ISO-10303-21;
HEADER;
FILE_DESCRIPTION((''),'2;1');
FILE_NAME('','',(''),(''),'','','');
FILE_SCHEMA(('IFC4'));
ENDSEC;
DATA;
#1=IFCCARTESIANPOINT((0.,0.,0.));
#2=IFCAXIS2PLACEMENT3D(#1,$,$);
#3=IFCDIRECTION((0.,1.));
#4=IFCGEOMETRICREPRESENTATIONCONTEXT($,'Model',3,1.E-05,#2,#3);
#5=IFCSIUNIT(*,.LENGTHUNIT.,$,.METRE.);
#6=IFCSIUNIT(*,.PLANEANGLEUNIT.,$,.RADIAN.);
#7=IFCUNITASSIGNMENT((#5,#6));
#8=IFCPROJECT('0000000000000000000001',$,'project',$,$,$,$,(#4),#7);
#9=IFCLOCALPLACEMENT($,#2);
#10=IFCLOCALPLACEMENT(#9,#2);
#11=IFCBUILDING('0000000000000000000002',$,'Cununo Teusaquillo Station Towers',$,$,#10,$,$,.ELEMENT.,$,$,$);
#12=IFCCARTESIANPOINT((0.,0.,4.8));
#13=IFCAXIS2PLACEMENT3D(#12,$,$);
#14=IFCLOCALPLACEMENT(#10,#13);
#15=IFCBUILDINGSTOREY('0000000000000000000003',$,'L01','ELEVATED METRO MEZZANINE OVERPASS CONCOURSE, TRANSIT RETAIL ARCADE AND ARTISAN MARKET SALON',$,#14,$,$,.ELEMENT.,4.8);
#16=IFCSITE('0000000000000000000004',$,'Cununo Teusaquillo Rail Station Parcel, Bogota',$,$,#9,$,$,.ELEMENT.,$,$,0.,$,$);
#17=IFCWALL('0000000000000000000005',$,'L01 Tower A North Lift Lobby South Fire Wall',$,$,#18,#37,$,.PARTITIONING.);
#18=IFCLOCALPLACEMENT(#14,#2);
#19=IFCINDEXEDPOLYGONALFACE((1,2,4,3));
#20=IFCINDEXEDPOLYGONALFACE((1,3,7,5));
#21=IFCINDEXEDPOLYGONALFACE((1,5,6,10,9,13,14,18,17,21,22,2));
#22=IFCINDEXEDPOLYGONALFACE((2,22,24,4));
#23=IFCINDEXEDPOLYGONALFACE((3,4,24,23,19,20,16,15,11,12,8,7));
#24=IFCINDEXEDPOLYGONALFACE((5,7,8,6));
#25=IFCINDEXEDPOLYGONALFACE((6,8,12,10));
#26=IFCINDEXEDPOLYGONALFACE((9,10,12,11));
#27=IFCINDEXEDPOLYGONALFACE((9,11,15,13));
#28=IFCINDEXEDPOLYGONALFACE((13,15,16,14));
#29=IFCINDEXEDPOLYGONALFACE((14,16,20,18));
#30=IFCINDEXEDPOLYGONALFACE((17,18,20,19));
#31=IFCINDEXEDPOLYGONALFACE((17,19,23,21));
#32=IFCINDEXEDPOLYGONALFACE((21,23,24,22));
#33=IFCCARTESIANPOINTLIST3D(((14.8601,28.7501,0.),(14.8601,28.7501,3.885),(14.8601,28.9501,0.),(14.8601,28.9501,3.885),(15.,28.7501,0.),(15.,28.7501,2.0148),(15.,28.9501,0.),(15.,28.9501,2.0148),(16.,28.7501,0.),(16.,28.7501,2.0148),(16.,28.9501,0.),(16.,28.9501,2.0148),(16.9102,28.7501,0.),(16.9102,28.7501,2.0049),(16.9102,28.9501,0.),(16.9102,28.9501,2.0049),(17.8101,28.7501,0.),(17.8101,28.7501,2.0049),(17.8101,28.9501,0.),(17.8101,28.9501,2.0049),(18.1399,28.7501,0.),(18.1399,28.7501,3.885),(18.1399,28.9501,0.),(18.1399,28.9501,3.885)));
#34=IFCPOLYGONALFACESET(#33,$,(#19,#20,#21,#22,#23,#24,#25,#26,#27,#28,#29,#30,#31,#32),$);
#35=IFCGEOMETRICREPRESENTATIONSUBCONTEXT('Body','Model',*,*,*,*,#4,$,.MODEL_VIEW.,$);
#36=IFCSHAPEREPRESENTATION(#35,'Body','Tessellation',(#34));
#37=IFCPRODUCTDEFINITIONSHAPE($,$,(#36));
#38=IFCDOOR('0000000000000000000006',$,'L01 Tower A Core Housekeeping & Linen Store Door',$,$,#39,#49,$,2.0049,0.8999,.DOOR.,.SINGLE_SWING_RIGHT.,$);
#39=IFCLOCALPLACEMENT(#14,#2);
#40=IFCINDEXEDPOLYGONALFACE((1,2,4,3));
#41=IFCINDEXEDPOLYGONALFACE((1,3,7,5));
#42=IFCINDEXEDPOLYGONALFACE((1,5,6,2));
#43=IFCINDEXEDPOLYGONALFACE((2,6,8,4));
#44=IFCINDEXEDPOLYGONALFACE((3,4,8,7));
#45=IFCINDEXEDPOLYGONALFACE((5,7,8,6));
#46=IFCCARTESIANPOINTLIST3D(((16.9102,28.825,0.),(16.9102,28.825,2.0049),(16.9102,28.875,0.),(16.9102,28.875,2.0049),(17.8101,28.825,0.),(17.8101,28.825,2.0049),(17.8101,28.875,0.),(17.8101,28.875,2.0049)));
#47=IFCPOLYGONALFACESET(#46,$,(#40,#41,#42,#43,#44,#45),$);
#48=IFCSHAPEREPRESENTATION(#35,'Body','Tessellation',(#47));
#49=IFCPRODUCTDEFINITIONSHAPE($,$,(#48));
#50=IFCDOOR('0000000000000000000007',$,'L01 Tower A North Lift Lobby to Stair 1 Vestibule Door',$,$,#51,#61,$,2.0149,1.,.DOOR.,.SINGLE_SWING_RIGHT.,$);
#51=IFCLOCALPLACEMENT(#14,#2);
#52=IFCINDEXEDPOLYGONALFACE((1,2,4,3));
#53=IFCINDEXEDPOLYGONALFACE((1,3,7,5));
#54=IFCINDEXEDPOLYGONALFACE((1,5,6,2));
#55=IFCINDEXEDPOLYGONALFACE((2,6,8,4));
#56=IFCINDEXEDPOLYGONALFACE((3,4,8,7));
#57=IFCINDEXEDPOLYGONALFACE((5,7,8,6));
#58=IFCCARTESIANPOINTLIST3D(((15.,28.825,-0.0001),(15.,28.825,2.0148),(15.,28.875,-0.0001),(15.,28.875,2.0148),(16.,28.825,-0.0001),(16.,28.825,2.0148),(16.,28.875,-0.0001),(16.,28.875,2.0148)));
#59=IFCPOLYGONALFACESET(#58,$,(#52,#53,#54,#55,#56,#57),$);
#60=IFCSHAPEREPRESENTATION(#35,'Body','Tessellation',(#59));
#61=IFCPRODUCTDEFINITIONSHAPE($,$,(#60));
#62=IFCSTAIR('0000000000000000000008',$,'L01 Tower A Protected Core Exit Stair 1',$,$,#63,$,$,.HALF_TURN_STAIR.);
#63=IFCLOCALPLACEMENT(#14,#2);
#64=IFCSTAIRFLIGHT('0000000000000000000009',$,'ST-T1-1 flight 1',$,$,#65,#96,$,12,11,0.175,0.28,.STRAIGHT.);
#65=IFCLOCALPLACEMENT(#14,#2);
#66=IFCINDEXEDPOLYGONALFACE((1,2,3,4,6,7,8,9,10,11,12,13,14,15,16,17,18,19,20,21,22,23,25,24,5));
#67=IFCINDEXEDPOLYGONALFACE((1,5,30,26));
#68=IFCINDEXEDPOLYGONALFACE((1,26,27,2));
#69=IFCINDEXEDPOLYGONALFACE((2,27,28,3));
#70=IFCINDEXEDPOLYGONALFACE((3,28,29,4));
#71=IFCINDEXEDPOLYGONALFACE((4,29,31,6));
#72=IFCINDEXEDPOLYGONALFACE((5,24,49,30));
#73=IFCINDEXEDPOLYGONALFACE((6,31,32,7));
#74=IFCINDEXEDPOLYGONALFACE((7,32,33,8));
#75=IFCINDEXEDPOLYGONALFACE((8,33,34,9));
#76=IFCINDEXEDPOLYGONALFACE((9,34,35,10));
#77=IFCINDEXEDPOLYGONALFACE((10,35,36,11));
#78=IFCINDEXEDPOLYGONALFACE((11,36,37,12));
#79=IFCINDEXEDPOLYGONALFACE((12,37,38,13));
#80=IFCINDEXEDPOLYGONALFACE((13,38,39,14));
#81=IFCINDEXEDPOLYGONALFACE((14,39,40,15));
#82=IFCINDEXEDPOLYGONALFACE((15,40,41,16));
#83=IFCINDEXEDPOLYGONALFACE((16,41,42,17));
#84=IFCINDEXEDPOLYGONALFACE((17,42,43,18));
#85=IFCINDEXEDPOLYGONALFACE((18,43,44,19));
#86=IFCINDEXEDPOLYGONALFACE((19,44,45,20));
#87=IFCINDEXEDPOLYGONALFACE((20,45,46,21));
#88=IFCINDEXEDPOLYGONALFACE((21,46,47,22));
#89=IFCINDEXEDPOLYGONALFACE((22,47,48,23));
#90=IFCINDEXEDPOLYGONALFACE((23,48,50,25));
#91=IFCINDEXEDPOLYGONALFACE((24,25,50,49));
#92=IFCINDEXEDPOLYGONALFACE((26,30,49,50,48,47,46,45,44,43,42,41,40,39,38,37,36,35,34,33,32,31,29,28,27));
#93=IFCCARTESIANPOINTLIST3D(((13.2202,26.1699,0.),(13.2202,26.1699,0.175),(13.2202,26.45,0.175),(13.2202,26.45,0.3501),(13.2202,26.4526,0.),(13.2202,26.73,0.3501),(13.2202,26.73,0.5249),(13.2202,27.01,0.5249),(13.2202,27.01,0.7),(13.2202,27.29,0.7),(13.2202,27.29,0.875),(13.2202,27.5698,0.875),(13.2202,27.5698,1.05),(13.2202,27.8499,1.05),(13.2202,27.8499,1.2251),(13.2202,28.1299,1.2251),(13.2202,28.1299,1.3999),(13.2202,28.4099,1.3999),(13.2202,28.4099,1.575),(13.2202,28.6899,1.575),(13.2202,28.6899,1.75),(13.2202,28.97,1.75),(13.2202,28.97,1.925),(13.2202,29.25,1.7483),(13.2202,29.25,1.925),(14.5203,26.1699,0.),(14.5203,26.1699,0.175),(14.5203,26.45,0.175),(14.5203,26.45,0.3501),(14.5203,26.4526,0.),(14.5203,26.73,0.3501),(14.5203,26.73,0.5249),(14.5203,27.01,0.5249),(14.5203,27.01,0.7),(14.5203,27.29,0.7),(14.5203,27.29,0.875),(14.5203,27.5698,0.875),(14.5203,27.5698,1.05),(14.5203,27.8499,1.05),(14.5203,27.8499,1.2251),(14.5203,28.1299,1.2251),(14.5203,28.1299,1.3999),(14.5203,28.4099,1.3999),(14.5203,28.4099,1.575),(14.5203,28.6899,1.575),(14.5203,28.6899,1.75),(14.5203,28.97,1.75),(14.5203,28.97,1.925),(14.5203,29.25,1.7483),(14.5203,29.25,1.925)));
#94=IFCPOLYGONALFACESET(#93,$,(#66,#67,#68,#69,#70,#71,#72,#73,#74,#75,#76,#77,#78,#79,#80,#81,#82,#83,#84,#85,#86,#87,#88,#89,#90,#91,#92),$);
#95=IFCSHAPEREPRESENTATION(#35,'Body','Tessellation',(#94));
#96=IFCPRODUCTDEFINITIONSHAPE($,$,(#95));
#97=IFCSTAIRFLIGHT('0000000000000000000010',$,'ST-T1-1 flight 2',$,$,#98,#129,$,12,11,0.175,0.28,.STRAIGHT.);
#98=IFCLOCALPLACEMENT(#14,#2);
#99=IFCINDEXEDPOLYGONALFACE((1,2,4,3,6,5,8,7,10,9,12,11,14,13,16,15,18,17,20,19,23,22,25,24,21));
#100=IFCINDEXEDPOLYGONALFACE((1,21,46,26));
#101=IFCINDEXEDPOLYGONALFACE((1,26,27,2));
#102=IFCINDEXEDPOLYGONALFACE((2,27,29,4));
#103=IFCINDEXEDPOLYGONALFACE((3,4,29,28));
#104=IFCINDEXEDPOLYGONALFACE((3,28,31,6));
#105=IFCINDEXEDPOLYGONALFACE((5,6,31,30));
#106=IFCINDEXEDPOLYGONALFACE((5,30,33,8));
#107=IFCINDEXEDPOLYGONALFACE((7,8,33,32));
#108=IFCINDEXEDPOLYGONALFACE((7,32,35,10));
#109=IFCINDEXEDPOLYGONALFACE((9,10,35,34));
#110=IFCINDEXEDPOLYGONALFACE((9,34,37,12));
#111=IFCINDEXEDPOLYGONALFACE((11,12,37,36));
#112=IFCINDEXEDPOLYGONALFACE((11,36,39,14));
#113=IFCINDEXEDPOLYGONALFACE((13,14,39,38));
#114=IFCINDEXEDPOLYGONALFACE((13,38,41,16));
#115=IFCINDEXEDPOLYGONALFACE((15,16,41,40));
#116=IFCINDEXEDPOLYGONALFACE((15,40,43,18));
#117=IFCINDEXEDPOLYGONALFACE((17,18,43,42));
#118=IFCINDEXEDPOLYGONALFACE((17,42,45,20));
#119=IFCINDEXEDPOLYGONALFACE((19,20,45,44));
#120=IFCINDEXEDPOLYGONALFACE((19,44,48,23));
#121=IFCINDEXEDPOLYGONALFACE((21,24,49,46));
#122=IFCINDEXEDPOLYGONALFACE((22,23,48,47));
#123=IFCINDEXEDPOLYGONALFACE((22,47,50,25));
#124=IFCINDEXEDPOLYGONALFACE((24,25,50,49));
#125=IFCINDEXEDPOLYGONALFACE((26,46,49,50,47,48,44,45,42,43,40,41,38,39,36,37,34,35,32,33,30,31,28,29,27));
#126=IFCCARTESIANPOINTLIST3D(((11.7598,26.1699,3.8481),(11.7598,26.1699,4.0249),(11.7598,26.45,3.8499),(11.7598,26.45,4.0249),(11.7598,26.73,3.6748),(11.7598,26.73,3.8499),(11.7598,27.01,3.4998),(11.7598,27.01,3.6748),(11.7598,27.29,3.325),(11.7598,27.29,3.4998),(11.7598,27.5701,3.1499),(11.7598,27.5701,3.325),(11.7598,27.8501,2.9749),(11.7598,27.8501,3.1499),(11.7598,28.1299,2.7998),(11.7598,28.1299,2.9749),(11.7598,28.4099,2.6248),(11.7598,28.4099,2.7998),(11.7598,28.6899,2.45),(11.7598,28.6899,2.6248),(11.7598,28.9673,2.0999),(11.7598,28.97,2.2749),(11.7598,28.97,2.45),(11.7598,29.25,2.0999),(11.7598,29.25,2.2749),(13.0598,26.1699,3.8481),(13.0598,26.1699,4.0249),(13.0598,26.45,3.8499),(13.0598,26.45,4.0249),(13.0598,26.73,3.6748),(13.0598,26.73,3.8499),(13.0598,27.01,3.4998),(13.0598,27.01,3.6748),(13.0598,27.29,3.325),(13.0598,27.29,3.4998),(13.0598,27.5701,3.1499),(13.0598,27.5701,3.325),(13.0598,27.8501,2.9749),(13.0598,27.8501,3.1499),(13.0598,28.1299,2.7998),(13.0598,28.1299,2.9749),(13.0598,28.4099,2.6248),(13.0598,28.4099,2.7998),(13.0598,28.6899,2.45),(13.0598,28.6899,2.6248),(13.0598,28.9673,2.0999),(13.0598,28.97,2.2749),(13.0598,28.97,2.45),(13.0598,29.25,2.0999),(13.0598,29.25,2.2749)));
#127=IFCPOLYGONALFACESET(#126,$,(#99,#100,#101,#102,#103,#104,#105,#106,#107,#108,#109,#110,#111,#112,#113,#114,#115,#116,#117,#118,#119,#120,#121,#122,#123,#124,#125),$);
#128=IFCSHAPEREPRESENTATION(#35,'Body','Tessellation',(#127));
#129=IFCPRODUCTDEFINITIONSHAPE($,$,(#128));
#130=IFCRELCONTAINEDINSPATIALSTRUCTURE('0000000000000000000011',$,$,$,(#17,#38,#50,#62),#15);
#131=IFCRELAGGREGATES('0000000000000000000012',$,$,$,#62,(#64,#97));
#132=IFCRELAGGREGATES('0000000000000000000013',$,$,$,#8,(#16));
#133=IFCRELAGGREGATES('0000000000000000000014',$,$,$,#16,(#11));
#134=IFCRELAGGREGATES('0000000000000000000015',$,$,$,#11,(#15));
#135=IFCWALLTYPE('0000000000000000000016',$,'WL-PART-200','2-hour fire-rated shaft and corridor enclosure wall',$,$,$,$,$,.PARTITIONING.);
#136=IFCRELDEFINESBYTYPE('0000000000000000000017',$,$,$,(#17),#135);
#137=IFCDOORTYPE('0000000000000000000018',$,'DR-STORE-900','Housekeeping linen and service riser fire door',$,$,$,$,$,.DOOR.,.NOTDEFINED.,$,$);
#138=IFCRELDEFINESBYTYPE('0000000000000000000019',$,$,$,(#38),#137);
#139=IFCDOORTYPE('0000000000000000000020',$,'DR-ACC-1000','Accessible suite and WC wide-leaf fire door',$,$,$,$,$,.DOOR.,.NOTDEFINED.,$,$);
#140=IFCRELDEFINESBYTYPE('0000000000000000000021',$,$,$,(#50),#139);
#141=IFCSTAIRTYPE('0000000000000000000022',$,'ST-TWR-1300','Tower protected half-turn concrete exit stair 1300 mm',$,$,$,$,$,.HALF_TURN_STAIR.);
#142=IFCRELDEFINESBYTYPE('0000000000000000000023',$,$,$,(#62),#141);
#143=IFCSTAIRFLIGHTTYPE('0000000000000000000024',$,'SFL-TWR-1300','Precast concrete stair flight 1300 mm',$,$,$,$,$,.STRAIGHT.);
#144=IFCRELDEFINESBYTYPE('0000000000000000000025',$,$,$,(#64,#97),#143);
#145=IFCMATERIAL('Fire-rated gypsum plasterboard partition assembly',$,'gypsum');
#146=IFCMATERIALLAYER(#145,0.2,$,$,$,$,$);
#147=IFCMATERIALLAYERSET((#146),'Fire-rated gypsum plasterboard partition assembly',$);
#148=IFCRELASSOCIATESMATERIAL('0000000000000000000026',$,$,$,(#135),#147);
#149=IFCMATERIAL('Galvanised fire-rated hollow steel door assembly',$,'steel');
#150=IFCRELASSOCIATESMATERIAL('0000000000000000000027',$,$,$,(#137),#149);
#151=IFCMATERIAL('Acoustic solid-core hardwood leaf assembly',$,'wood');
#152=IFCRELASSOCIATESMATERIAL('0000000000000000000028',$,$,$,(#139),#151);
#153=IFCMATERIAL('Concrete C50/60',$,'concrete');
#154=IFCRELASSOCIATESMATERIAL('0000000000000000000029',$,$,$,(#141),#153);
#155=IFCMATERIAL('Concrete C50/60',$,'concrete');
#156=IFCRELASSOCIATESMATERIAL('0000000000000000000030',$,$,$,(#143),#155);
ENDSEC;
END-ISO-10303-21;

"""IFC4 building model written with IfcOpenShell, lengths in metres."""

from ifc_helpers import new_model, si_unit, direction, frame, frame_2d, origin, place, context, subcontext, project, spatial, polyline, rectangle, outline, extrude, source, transform, mapped, material, layer, layer_set, type_object, element, fill, aggregate, save


model = new_model("IFC4")

# Units and contexts
model_context = context("Model", 3, precision=1e-05, world=origin(), true_north=direction((0.0, 1.0)))
body_context = subcontext(model_context, "Body", "Model", "MODEL_VIEW")
ifc_project = project(units=[si_unit("LENGTHUNIT", "METRE"), si_unit("PLANEANGLEUNIT", "RADIAN")], contexts=[model_context])

# Site, building, storey
site_placement = place(None, origin())
site = spatial("IfcSite", under=ifc_project, at=site_placement, Name="Cununo Teusaquillo Rail Station Parcel, Bogota", CompositionType="ELEMENT", RefElevation=0.0)
building_placement = place(site_placement, origin())
building = spatial("IfcBuilding", under=site, at=building_placement, Name="Cununo Teusaquillo Station Towers", CompositionType="ELEMENT")
storey_placement = place(building_placement, frame((0.0, 0.0, 4.8)))
storey = spatial("IfcBuildingStorey", under=building, at=storey_placement, Name="L01", Description="ELEVATED METRO MEZZANINE OVERPASS CONCOURSE, TRANSIT RETAIL ARCADE AND ARTISAN MARKET SALON", CompositionType="ELEMENT", Elevation=4.8)

# Shared definitions
ifc_material_1 = material(Name="Fire-rated gypsum plasterboard partition assembly", Category="gypsum")
ifc_layer_1 = layer(ifc_material_1, 0.2)
ifc_layer_set_1 = layer_set([ifc_layer_1], Name="Fire-rated gypsum plasterboard partition assembly")
wall_type_1 = type_object("IfcWallType", Name="WL-PART-200", Description="2-hour fire-rated shaft and corridor enclosure wall", PredefinedType="PARTITIONING", material=ifc_layer_set_1)
shared_shape_1 = source(origin(), body_context, "Body", "SweptSolid", [
    extrude(rectangle(XDim=0.8999, YDim=2.0049, at=frame_2d((0.45, 1.0024))), frame((0.0, 0.1099, 0.0), z_axis=(0.0, -1.0, 0.0), x_axis=(1.0, 0.0, 0.0)), (0.0, 0.0, 1.0), 0.22),
])
ifc_material_2 = material(Name="Galvanised fire-rated hollow steel door assembly", Category="steel")
door_type_1 = type_object("IfcDoorType", Name="DR-STORE-900", Description="Housekeeping linen and service riser fire door", OperationType="NOTDEFINED", PredefinedType="DOOR", material=ifc_material_2)
shared_shape_2 = source(origin(), body_context, "Body", "SweptSolid", [
    extrude(rectangle(XDim=0.8999, YDim=2.0049, at=frame_2d((0.45, 1.0024))), frame((0.0, 0.0249, 0.0), z_axis=(0.0, -1.0, 0.0), x_axis=(1.0, 0.0, 0.0)), (0.0, 0.0, 1.0), 0.05),
])

# Wall, openings, doors
wall_1_placement = place(storey_placement, frame((14.8601, 28.8501, 0.0), z_axis=(0.0, 0.0, 1.0), x_axis=(1.0, 0.0, 0.0)))
wall_1 = element("IfcWall", 1, at=wall_1_placement, inside=storey, type_object=wall_type_1, Name="L01 Tower A North Lift Lobby South Fire Wall", PredefinedType="PARTITIONING", context=body_context, shape_type="SweptSolid", body=[
    extrude(rectangle(XDim=3.2798, YDim=0.2, at=frame_2d((1.6399, 0.0))), origin(), (0.0, 0.0, 1.0), 3.885),
])
shared_shape_3 = source(origin(), body_context, "Body", "SweptSolid", [
    extrude(rectangle(XDim=1.0, YDim=2.0149, at=frame_2d((0.5, 1.0073))), frame((0.0, 0.1099, 0.0), z_axis=(0.0, -1.0, 0.0), x_axis=(1.0, 0.0, 0.0)), (0.0, 0.0, 1.0), 0.22),
])
opening_1_placement = place(wall_1_placement, frame((0.1399, 0.0, 0.0)))
opening_1 = element("IfcOpeningElement", 2, at=opening_1_placement, cuts=wall_1, PredefinedType="OPENING", context=body_context, shape_type="MappedRepresentation", body=[
    mapped(shared_shape_3, transform((0.0, 0.0, 0.0), x_axis=(1.0, 0.0, 0.0), y_axis=(0.0, 1.0, 0.0), z_axis=(0.0, 0.0, 1.0), scale=1.0)),
])
opening_2_placement = place(wall_1_placement, frame((2.05, 0.0, 0.0)))
opening_2 = element("IfcOpeningElement", 3, at=opening_2_placement, cuts=wall_1, PredefinedType="OPENING", context=body_context, shape_type="MappedRepresentation", body=[
    mapped(shared_shape_1, transform((0.0, 0.0, 0.0), x_axis=(1.0, 0.0, 0.0), y_axis=(0.0, 1.0, 0.0), z_axis=(0.0, 0.0, 1.0), scale=1.0)),
])
door_1_placement = place(opening_2_placement, origin())
door_1 = element("IfcDoor", 4, at=door_1_placement, inside=storey, type_object=door_type_1, Name="L01 Tower A Core Housekeeping & Linen Store Door", OperationType="SINGLE_SWING_RIGHT", OverallHeight=2.0049, OverallWidth=0.8999, PredefinedType="DOOR", context=body_context, shape_type="MappedRepresentation", body=[
    mapped(shared_shape_2, transform((0.0, 0.0, 0.0), x_axis=(1.0, 0.0, 0.0), y_axis=(0.0, 1.0, 0.0), z_axis=(0.0, 0.0, 1.0), scale=1.0)),
])
fill(opening_2, door_1)
ifc_material_3 = material(Name="Acoustic solid-core hardwood leaf assembly", Category="wood")
door_type_2 = type_object("IfcDoorType", Name="DR-ACC-1000", Description="Accessible suite and WC wide-leaf fire door", OperationType="NOTDEFINED", PredefinedType="DOOR", material=ifc_material_3)
shared_shape_4 = source(origin(), body_context, "Body", "SweptSolid", [
    extrude(rectangle(XDim=1.0, YDim=2.0149, at=frame_2d((0.5, 1.0073))), frame((0.0, 0.0249, 0.0), z_axis=(0.0, -1.0, 0.0), x_axis=(1.0, 0.0, 0.0)), (0.0, 0.0, 1.0), 0.05),
])
door_2_placement = place(opening_1_placement, origin())
door_2 = element("IfcDoor", 5, at=door_2_placement, inside=storey, type_object=door_type_2, Name="L01 Tower A North Lift Lobby to Stair 1 Vestibule Door", OperationType="SINGLE_SWING_RIGHT", OverallHeight=2.0149, OverallWidth=1.0, PredefinedType="DOOR", context=body_context, shape_type="MappedRepresentation", body=[
    mapped(shared_shape_4, transform((0.0, 0.0, 0.0), x_axis=(1.0, 0.0, 0.0), y_axis=(0.0, 1.0, 0.0), z_axis=(0.0, 0.0, 1.0), scale=1.0)),
])
fill(opening_1, door_2)

# Stair, stair flights
ifc_material_4 = material(Name="Concrete C50/60", Category="concrete")
stair_type = type_object("IfcStairType", Name="ST-TWR-1300", Description="Tower protected half-turn concrete exit stair 1300 mm", PredefinedType="HALF_TURN_STAIR", material=ifc_material_4)
stair_placement = place(storey_placement, origin())
stair = element("IfcStair", 6, at=stair_placement, inside=storey, type_object=stair_type, Name="L01 Tower A Protected Core Exit Stair 1", PredefinedType="HALF_TURN_STAIR")
ifc_material_5 = material(Name="Concrete C50/60", Category="concrete")
stair_flight_type = type_object("IfcStairFlightType", Name="SFL-TWR-1300", Description="Precast concrete stair flight 1300 mm", PredefinedType="STRAIGHT", material=ifc_material_5)
stair_flight_1_placement = place(storey_placement, frame((13.8701, 26.1699, 0.0), z_axis=(0.0, 0.0, 1.0), x_axis=(0.0, 1.0, 0.0)))
stair_flight_1 = element("IfcStairFlight", 7, at=stair_flight_1_placement, type_object=stair_flight_type, Name="ST-T1-1 flight 1", NumberOfRisers=12, NumberOfTreads=11, PredefinedType="STRAIGHT", RiserHeight=0.175, TreadLength=0.28, context=body_context, shape_type="SweptSolid", body=[
    extrude(outline(polyline([(0.0, 0.0), (0.0, 0.175), (0.28, 0.175), (0.28, 0.3501), (0.5601, 0.3501), (0.5601, 0.5249), (0.8401, 0.5249), (0.8401, 0.7), (1.1201, 0.7), (1.1201, 0.875), (1.3999, 0.875), (1.3999, 1.05), (1.6799, 1.05), (1.6799, 1.2251), (1.96, 1.2251), (1.96, 1.3999), (2.24, 1.3999), (2.24, 1.575), (2.52, 1.575), (2.52, 1.75), (2.8, 1.75), (2.8, 1.925), (3.0801, 1.925), (3.0801, 2.1001), (3.0801, 1.7483), (0.2827, 0.0), (0.0, 0.0)])), frame((0.0, 0.6499, 0.0), z_axis=(0.0, -1.0, 0.0), x_axis=(1.0, 0.0, 0.0)), (0.0, 0.0, 1.0), 1.3),
])
stair_flight_2_placement = place(storey_placement, frame((12.4099, 29.25, 2.0999), z_axis=(0.0, 0.0, 1.0), x_axis=(0.0, -1.0, 0.0)))
stair_flight_2 = element("IfcStairFlight", 8, at=stair_flight_2_placement, type_object=stair_flight_type, Name="ST-T1-1 flight 2", NumberOfRisers=12, NumberOfTreads=11, PredefinedType="STRAIGHT", RiserHeight=0.175, TreadLength=0.28, context=body_context, shape_type="SweptSolid", body=[
    extrude(outline(polyline([(0.0, 0.0), (0.0, 0.175), (0.28, 0.175), (0.28, 0.3501), (0.5601, 0.3501), (0.5601, 0.5249), (0.8401, 0.5249), (0.8401, 0.7), (1.1201, 0.7), (1.1201, 0.875), (1.3999, 0.875), (1.3999, 1.05), (1.6799, 1.05), (1.6799, 1.2251), (1.96, 1.2251), (1.96, 1.3999), (2.24, 1.3999), (2.24, 1.575), (2.52, 1.575), (2.52, 1.75), (2.8, 1.75), (2.8, 1.925), (3.0801, 1.925), (3.0801, 2.1001), (3.0801, 1.7483), (0.2827, 0.0), (0.0, 0.0)])), frame((0.0, 0.6499, 0.0), z_axis=(0.0, -1.0, 0.0), x_axis=(1.0, 0.0, 0.0)), (0.0, 0.0, 1.0), 1.3),
])
aggregate(stair, [stair_flight_1, stair_flight_2])

save(model, "model.ifc")
